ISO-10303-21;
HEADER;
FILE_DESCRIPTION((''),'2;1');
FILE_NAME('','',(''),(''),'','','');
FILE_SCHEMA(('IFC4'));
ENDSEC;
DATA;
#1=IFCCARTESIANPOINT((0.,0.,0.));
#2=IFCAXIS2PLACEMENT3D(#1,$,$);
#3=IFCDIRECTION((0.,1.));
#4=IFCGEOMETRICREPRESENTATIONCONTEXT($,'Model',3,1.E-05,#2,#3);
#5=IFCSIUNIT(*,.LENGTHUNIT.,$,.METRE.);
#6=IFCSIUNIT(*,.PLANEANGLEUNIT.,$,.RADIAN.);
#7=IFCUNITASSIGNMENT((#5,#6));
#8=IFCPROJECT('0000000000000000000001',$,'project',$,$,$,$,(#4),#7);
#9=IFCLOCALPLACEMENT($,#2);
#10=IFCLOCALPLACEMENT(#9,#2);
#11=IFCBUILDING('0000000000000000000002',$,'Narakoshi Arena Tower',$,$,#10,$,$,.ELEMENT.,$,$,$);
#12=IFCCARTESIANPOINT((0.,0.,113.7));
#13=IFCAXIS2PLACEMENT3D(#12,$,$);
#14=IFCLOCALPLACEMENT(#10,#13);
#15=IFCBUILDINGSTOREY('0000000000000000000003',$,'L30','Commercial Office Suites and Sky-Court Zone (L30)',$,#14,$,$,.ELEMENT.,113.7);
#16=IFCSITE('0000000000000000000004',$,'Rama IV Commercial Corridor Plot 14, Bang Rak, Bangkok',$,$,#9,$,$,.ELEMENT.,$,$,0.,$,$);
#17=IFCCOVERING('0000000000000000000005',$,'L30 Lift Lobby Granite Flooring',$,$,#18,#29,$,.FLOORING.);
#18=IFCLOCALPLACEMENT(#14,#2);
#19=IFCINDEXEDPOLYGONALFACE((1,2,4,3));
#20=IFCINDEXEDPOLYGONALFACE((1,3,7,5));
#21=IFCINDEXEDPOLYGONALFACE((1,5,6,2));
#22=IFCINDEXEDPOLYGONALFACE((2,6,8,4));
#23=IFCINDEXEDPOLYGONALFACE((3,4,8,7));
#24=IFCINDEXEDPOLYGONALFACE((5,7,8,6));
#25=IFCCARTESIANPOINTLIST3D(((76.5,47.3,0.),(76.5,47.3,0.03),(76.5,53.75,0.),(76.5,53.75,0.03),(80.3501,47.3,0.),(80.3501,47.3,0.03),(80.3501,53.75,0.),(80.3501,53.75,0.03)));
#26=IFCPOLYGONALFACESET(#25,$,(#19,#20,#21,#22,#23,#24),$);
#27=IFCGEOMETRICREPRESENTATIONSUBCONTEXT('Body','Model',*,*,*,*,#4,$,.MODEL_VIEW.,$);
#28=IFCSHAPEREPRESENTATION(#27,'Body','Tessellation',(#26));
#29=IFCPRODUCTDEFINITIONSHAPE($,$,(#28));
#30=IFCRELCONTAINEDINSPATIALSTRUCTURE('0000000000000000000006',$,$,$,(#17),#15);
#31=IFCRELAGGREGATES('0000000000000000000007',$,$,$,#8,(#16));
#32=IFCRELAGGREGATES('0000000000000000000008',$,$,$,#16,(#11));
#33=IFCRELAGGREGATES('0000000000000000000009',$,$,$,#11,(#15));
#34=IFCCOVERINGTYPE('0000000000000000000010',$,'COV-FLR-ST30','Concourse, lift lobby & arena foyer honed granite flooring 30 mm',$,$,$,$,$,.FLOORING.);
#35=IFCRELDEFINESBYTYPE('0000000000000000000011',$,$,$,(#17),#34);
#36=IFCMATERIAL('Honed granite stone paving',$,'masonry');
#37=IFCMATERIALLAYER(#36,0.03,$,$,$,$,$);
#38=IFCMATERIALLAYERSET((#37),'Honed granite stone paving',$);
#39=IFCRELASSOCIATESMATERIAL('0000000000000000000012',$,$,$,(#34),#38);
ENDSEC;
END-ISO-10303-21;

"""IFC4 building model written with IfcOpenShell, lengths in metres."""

from ifc_helpers import new_model, si_unit, direction, frame, origin, place, context, subcontext, project, spatial, polyline, outline, extrude, material, layer, layer_set, type_object, element, save


model = new_model("IFC4")

# Units and contexts
model_context = context("Model", 3, precision=1e-05, world=origin(), true_north=direction((0.0, 1.0)))
body_context = subcontext(model_context, "Body", "Model", "MODEL_VIEW")
ifc_project = project(units=[si_unit("LENGTHUNIT", "METRE"), si_unit("PLANEANGLEUNIT", "RADIAN")], contexts=[model_context])

# Site, building, storey
site_placement = place(None, origin())
site = spatial("IfcSite", under=ifc_project, at=site_placement, Name="Rama IV Commercial Corridor Plot 14, Bang Rak, Bangkok", CompositionType="ELEMENT", RefElevation=0.0)
building_placement = place(site_placement, origin())
building = spatial("IfcBuilding", under=site, at=building_placement, Name="Narakoshi Arena Tower", CompositionType="ELEMENT")
storey_placement = place(building_placement, frame((0.0, 0.0, 113.7)))
storey = spatial("IfcBuildingStorey", under=building, at=storey_placement, Name="L30", Description="Commercial Office Suites and Sky-Court Zone (L30)", CompositionType="ELEMENT", Elevation=113.7)

# Covering
ifc_material_1 = material(Name="Honed granite stone paving", Category="masonry")
ifc_layer_1 = layer(ifc_material_1, 0.03)
ifc_layer_set_1 = layer_set([ifc_layer_1], Name="Honed granite stone paving")
covering_type_1 = type_object("IfcCoveringType", Name="COV-FLR-ST30", Description="Concourse, lift lobby & arena foyer honed granite flooring 30 mm", PredefinedType="FLOORING", material=ifc_layer_set_1)
covering_1_placement = place(storey_placement, origin())
element("IfcCovering", 1, at=covering_1_placement, inside=storey, type_object=covering_type_1, Name="L30 Lift Lobby Granite Flooring", PredefinedType="FLOORING", context=body_context, shape_type="SweptSolid", body=[
    extrude(outline(polyline([(76.5, 47.3), (80.3501, 47.3), (80.3501, 53.75), (76.5, 53.75), (76.5, 47.3)])), origin(), (0.0, 0.0, 1.0), 0.03),
])

save(model, "model.ifc")
